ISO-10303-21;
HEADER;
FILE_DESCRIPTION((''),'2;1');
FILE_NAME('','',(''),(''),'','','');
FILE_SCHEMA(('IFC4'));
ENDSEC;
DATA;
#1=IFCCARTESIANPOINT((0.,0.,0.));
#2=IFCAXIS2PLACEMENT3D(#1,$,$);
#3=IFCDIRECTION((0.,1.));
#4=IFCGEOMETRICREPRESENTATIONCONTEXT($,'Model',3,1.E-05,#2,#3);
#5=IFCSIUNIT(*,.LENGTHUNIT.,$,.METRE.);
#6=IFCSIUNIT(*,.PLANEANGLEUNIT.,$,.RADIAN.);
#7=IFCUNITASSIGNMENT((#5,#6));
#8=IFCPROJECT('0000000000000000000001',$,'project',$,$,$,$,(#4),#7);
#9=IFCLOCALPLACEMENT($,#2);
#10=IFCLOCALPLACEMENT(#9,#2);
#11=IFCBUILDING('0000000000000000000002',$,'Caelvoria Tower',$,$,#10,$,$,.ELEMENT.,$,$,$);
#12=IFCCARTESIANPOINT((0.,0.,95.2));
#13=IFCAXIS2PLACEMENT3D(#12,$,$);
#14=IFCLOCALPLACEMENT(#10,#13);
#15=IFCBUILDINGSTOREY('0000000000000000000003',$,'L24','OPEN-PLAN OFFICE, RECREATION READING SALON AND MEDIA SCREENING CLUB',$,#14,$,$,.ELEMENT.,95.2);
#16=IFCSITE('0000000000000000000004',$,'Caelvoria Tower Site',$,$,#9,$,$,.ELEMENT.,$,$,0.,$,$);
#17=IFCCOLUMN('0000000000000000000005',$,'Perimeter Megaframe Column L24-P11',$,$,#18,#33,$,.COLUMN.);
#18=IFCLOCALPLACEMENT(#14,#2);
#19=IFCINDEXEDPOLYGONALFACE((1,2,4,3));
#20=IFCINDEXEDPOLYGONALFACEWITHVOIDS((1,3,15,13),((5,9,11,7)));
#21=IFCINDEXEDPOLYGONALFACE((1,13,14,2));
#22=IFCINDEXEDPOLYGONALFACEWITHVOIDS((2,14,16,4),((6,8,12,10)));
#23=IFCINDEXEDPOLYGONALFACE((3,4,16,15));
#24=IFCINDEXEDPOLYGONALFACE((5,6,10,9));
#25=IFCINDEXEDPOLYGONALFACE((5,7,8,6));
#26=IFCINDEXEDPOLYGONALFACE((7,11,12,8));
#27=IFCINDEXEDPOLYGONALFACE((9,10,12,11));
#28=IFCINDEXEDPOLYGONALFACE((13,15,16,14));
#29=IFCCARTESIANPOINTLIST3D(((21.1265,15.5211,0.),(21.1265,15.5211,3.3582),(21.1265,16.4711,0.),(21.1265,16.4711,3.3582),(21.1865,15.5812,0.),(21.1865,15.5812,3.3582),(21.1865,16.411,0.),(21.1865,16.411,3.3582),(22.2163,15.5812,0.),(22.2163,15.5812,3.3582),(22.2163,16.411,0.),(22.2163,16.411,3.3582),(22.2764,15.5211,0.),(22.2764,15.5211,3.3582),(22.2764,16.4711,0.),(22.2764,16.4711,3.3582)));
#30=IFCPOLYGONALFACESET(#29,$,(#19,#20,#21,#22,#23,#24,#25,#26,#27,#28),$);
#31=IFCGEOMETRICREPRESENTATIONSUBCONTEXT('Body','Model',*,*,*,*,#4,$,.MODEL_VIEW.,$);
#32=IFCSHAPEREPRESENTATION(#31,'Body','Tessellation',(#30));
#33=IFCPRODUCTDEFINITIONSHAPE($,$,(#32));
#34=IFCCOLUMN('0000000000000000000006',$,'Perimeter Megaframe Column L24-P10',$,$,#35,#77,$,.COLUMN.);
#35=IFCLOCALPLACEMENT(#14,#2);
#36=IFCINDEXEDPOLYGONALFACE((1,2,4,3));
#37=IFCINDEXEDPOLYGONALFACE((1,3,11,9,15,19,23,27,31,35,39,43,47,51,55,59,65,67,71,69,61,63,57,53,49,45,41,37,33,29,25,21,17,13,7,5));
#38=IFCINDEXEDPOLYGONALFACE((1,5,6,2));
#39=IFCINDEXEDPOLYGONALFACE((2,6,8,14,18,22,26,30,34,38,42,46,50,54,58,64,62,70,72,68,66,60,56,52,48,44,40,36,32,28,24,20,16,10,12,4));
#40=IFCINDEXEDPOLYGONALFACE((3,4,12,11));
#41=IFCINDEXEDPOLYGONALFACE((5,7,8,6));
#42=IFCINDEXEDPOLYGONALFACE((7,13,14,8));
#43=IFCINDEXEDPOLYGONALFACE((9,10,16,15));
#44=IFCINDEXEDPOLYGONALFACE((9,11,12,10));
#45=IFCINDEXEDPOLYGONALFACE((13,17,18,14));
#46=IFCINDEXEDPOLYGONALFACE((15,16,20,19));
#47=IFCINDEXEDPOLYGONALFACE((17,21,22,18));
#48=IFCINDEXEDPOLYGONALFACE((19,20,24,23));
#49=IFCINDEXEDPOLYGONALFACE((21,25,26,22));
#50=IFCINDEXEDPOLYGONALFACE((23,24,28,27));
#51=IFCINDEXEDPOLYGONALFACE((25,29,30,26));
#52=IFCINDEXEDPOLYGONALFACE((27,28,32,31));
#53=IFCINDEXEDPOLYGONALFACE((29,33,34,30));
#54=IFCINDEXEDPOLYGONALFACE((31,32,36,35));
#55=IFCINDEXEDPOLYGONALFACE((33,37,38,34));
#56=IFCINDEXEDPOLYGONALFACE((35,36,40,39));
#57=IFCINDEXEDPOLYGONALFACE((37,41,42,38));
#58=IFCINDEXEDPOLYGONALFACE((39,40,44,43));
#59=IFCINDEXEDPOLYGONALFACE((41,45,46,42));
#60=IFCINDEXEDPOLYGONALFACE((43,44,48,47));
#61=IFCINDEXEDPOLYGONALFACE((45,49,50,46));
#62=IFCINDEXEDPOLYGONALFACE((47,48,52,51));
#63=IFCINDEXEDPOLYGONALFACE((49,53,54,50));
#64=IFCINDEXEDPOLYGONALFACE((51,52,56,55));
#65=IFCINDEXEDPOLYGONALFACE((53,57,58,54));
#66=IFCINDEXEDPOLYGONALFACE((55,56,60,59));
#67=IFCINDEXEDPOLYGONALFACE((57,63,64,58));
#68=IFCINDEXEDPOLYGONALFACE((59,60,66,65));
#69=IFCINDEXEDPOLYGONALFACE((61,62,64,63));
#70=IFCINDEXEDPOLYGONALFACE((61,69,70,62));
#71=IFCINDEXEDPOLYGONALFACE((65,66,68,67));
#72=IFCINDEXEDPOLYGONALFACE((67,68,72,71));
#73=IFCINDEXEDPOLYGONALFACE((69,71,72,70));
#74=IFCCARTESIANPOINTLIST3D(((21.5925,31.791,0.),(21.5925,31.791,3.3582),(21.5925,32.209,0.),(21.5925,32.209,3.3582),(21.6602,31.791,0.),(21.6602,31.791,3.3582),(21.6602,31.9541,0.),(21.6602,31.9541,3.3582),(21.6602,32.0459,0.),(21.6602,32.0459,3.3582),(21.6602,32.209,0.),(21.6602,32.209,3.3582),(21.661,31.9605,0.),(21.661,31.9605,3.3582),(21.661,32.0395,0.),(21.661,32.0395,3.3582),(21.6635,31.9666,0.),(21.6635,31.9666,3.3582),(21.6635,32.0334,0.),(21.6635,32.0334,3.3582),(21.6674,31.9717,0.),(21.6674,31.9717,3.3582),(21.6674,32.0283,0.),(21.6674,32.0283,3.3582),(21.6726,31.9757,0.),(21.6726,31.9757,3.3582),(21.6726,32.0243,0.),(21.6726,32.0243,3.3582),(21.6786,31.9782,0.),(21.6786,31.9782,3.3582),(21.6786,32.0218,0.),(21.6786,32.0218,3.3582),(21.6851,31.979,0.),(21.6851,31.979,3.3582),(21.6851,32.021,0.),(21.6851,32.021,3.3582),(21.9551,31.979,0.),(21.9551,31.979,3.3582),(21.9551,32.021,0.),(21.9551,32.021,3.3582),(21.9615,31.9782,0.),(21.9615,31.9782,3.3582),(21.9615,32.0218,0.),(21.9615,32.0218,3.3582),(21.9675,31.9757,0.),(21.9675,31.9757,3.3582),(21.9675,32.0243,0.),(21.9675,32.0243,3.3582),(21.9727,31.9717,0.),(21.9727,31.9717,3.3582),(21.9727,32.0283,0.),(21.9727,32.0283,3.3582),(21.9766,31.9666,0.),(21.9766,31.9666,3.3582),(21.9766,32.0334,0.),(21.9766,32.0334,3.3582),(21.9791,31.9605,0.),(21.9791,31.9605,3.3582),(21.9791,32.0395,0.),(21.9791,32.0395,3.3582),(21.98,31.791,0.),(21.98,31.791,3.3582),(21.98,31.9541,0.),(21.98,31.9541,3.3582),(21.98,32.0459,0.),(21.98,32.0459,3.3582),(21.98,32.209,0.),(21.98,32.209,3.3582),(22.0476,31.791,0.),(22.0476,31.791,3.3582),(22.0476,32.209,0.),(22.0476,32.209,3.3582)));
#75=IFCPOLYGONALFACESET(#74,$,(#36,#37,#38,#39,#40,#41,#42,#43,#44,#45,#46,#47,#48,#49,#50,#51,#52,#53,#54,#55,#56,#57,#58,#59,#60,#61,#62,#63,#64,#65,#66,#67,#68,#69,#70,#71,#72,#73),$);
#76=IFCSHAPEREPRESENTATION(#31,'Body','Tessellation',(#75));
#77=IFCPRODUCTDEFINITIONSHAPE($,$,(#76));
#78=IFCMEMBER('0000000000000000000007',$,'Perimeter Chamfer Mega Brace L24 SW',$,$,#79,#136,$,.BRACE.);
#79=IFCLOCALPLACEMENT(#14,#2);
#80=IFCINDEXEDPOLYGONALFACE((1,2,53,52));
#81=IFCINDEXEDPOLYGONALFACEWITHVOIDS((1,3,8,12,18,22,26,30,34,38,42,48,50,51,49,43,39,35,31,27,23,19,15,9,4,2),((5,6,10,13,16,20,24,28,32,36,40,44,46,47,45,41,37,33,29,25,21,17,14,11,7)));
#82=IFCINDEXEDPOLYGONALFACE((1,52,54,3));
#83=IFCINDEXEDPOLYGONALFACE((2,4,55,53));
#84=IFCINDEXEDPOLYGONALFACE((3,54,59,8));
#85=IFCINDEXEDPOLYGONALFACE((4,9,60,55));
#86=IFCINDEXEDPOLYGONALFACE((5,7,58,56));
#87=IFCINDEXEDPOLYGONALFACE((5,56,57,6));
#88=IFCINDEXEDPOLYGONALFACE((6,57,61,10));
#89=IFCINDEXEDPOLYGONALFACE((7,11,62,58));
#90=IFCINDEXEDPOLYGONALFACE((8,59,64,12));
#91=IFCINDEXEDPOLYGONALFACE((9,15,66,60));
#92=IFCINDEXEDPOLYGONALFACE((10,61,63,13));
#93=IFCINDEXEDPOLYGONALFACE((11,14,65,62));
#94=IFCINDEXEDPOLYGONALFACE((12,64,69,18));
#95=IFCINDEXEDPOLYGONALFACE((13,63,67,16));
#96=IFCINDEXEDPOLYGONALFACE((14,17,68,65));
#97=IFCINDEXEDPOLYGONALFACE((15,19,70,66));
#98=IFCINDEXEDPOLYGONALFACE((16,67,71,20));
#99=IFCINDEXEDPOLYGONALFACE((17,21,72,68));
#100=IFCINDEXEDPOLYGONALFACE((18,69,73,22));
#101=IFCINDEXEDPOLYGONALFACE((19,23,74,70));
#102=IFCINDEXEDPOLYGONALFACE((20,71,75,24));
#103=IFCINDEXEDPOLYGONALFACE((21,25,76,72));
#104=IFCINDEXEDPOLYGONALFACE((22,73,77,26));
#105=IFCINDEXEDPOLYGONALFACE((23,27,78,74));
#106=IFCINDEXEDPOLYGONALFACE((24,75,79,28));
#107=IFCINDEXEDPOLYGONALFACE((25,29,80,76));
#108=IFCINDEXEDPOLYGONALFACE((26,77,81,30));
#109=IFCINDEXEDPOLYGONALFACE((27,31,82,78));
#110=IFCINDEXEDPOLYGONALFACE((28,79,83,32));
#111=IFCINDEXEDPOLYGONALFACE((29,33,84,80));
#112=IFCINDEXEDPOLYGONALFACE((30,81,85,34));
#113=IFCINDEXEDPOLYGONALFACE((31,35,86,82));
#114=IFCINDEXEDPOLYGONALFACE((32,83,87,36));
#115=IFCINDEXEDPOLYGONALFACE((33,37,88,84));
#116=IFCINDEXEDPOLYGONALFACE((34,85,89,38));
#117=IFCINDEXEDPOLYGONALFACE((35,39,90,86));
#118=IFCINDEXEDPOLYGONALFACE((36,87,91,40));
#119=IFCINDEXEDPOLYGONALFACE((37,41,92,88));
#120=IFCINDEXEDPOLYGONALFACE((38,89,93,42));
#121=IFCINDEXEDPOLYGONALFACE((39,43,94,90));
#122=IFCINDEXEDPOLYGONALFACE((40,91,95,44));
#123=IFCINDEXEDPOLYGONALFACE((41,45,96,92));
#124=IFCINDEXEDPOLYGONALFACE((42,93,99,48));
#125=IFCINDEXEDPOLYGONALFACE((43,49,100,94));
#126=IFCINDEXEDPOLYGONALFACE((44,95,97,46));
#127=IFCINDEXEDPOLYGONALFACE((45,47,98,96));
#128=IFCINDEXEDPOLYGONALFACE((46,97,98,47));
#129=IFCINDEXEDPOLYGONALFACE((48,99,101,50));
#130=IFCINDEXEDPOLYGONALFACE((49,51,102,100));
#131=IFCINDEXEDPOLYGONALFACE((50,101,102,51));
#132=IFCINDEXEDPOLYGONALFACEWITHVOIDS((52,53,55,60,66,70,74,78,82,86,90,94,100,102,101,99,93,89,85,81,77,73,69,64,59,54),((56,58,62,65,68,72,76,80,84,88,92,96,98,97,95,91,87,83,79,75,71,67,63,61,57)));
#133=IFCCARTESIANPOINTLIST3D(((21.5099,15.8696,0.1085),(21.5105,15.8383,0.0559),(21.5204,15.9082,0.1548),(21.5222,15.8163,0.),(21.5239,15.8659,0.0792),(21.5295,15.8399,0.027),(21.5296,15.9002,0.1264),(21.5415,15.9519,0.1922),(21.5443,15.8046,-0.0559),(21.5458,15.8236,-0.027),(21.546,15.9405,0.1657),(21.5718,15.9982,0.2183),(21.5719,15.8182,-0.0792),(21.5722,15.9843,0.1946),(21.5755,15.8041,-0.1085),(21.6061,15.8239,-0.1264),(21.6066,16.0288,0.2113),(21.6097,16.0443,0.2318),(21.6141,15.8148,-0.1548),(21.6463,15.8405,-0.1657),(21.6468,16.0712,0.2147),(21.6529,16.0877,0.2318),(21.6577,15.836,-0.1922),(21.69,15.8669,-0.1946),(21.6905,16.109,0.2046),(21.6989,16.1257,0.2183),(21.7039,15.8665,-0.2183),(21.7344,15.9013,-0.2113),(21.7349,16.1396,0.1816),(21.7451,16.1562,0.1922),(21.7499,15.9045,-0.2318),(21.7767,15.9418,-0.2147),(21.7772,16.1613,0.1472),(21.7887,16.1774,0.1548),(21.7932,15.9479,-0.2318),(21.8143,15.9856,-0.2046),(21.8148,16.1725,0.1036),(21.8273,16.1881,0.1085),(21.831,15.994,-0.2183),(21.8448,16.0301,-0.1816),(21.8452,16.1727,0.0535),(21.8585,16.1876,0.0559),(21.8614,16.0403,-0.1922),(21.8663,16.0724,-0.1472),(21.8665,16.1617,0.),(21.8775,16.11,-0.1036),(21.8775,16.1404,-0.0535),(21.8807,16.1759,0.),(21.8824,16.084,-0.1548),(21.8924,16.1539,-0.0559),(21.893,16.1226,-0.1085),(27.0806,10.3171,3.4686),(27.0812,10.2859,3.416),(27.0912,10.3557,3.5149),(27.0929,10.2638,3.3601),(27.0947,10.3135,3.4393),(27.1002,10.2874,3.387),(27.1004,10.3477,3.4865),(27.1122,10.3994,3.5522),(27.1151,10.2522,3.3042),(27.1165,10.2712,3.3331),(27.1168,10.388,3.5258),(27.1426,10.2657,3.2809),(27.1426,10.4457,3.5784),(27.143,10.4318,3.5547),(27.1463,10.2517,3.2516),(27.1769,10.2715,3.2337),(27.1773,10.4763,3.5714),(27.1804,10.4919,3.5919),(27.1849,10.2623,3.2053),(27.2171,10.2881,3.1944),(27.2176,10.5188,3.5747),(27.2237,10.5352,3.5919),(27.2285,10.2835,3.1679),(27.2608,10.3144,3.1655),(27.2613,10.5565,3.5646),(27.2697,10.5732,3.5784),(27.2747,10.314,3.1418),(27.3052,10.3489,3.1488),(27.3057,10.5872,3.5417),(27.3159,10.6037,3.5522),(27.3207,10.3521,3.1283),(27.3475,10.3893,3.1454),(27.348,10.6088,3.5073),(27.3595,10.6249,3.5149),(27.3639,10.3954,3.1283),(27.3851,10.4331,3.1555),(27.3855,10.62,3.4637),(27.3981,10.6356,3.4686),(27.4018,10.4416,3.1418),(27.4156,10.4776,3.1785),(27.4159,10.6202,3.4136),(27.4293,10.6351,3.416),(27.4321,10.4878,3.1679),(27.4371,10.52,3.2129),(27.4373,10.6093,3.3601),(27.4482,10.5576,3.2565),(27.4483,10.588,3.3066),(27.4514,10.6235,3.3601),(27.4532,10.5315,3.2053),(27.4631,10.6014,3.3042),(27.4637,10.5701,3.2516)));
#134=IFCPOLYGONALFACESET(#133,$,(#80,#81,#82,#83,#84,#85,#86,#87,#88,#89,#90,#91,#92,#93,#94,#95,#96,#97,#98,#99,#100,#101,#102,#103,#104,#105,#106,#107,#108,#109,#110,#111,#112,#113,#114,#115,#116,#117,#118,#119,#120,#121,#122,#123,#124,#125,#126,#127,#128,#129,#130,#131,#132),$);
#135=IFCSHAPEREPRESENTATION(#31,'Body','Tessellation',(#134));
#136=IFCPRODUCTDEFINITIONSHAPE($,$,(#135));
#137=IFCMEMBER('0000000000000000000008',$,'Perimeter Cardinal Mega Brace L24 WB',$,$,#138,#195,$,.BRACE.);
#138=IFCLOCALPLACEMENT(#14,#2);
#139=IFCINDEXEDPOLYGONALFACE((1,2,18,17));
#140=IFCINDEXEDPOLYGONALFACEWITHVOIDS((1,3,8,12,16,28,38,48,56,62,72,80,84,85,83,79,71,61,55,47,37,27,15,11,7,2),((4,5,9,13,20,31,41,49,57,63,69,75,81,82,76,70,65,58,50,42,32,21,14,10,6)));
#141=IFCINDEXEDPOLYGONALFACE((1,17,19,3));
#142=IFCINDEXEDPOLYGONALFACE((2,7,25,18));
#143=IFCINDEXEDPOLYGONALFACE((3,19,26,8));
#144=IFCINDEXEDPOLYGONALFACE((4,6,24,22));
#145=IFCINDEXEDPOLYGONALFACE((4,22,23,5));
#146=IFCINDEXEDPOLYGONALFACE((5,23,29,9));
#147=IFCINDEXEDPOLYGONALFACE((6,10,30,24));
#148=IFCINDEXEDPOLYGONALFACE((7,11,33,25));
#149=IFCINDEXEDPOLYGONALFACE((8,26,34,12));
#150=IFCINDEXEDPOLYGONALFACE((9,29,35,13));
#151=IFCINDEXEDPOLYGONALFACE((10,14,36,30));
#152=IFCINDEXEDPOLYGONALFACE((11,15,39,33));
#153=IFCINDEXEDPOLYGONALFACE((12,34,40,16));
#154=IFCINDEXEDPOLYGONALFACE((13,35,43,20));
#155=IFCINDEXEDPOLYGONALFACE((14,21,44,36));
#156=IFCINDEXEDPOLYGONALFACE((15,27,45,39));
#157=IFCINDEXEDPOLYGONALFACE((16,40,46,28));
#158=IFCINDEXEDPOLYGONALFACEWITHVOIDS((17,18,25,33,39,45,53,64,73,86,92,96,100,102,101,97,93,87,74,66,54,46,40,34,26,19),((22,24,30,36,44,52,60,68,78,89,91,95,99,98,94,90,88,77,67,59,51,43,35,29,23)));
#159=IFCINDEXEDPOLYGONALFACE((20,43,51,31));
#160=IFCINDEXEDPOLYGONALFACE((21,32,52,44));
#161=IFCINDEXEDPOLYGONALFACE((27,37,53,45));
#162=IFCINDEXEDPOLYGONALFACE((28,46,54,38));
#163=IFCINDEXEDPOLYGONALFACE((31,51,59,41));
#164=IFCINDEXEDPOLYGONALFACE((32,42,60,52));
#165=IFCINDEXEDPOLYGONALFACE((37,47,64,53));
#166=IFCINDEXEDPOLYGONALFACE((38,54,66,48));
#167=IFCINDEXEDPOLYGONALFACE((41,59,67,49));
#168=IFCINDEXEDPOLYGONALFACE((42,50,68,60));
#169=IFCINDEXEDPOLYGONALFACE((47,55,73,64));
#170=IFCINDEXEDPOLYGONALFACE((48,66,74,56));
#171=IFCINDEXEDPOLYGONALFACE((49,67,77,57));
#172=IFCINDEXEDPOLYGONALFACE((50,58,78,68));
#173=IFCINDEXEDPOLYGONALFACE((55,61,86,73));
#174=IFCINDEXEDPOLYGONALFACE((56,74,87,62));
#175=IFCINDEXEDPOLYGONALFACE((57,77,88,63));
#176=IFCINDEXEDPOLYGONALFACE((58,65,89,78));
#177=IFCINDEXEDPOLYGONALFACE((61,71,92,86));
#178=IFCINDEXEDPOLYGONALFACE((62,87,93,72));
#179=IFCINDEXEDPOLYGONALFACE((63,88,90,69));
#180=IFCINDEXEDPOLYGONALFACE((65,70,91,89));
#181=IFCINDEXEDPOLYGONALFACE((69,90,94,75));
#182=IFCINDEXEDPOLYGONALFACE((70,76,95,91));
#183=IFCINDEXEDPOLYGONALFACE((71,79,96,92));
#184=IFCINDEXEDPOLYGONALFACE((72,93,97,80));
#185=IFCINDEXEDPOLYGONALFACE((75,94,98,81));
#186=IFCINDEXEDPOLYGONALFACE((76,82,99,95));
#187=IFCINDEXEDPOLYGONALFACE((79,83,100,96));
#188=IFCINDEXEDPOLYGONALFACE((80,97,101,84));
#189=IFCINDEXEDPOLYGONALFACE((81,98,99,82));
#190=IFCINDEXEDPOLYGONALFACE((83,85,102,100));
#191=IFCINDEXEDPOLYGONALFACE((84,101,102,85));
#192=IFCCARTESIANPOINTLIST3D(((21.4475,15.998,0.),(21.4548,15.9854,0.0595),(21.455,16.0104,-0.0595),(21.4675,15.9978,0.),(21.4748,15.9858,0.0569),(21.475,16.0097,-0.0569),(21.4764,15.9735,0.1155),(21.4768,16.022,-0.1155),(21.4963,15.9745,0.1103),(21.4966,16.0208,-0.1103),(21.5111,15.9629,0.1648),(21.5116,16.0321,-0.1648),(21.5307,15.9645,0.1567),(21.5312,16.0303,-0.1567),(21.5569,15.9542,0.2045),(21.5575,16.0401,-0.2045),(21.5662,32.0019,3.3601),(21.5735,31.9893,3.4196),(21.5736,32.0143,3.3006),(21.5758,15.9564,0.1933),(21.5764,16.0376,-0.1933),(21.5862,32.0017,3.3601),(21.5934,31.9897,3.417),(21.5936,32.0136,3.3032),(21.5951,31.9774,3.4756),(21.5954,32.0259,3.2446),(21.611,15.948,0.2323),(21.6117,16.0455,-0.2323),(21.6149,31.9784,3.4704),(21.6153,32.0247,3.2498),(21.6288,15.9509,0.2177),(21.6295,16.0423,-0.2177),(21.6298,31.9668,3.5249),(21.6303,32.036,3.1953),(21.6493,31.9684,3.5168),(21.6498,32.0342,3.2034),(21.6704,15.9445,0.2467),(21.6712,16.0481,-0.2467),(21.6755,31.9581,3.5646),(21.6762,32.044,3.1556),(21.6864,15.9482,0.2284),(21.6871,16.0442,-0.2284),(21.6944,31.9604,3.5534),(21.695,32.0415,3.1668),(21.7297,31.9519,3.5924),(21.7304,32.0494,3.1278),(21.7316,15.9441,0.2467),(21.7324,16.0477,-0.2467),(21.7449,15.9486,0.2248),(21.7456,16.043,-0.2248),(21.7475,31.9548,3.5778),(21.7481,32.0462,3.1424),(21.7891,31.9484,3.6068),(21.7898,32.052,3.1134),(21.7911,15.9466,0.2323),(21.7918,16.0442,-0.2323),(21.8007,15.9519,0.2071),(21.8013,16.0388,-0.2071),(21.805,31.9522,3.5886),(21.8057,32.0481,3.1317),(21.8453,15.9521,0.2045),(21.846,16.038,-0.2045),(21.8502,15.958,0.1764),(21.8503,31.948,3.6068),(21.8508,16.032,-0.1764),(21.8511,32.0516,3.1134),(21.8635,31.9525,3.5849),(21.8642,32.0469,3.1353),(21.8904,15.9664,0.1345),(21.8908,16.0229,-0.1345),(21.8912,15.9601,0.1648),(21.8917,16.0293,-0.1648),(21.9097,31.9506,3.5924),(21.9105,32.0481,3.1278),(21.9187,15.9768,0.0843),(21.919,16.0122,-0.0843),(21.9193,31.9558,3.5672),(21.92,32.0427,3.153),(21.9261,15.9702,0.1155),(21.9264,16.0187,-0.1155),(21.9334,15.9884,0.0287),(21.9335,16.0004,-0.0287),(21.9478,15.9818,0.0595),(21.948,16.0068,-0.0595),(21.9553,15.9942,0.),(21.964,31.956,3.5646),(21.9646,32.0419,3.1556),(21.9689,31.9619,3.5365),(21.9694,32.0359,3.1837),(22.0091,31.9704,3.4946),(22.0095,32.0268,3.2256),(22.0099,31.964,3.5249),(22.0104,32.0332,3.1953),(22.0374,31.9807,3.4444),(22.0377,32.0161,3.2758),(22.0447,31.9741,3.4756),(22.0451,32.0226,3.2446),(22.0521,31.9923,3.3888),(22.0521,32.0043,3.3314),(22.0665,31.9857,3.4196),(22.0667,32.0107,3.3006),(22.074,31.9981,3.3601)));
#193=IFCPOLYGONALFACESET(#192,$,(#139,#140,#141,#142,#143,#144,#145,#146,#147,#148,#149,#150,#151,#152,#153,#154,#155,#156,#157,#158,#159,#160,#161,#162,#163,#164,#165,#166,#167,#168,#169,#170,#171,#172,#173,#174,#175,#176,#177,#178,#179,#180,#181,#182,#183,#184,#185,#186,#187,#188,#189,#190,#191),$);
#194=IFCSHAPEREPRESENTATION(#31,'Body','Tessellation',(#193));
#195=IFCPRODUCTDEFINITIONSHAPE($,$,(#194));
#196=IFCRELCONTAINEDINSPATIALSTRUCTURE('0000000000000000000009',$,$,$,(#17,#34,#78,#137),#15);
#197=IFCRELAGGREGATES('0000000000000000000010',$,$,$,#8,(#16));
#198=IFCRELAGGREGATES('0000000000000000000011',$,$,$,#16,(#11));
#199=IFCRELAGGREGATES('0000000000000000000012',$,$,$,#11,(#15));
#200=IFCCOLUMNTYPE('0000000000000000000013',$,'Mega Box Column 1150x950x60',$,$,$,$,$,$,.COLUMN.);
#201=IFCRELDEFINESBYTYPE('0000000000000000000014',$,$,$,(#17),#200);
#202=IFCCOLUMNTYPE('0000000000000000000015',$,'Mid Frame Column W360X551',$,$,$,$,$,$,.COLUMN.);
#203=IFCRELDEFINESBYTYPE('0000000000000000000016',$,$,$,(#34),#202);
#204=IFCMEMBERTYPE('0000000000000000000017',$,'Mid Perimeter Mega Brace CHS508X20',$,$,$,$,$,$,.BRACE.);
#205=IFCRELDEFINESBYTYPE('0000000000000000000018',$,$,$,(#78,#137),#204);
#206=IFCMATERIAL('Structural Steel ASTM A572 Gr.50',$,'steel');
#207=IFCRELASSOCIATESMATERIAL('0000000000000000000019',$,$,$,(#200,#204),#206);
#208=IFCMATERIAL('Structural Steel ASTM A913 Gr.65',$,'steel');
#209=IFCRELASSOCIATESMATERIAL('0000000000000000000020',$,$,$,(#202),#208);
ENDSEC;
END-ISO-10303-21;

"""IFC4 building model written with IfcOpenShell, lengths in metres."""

from ifc_helpers import new_model, si_unit, direction, frame, origin, origin_2d, place, context, subcontext, project, spatial, hollow_rectangle, hollow_circle, i_section, extrude, material, material_profile, profile_set, type_object, element, save


model = new_model("IFC4")

# Units and contexts
model_context = context("Model", 3, precision=1e-05, world=origin(), true_north=direction((0.0, 1.0)))
body_context = subcontext(model_context, "Body", "Model", "MODEL_VIEW")
ifc_project = project(units=[si_unit("LENGTHUNIT", "METRE"), si_unit("PLANEANGLEUNIT", "RADIAN")], contexts=[model_context])

# Site, building, storey
site_placement = place(None, origin())
site = spatial("IfcSite", under=ifc_project, at=site_placement, Name="Caelvoria Tower Site", CompositionType="ELEMENT", RefElevation=0.0)
building_placement = place(site_placement, origin())
building = spatial("IfcBuilding", under=site, at=building_placement, Name="Caelvoria Tower", CompositionType="ELEMENT")
storey_placement = place(building_placement, frame((0.0, 0.0, 95.2)))
storey = spatial("IfcBuildingStorey", under=building, at=storey_placement, Name="L24", Description="OPEN-PLAN OFFICE, RECREATION READING SALON AND MEDIA SCREENING CLUB", CompositionType="ELEMENT", Elevation=95.2)

# Columns
ifc_material_1 = material(Name="Structural Steel ASTM A572 Gr.50", Category="steel")
ifc_material_profile_1 = material_profile(ifc_material_1, hollow_rectangle(XDim=0.95, YDim=1.1499, WallThickness=0.0601, at=origin_2d()), Name="Structural Steel ASTM A572 Gr.50")
ifc_profile_set_1 = profile_set([ifc_material_profile_1], Name="BOX1150X950X60 - Structural Steel ASTM A572 Gr.50")
column_type_1 = type_object("IfcColumnType", Name="Mega Box Column 1150x950x60", PredefinedType="COLUMN", material=ifc_profile_set_1)
column_1_placement = place(storey_placement, frame((21.7014, 15.9961, 0.0), z_axis=(0.0, 0.0, 1.0), x_axis=(0.0, 1.0, 0.0)))
element("IfcColumn", 1, at=column_1_placement, inside=storey, type_object=column_type_1, Name="Perimeter Megaframe Column L24-P11", PredefinedType="COLUMN", context=body_context, shape_type="SweptSolid", body=[
    extrude(hollow_rectangle(XDim=0.95, YDim=1.1499, WallThickness=0.0601, at=origin_2d()), origin(), (0.0, 0.0, 1.0), 3.3582),
])
ifc_material_2 = material(Name="Structural Steel ASTM A913 Gr.65", Category="steel")
ifc_material_profile_2 = material_profile(ifc_material_2, i_section(OverallWidth=0.418, OverallDepth=0.4551, WebThickness=0.042, FlangeThickness=0.0676, FilletRadius=0.0249, at=origin_2d()), Name="Structural Steel ASTM A913 Gr.65")
ifc_profile_set_2 = profile_set([ifc_material_profile_2], Name="W360X551 - Structural Steel ASTM A913 Gr.65")
column_type_2 = type_object("IfcColumnType", Name="Mid Frame Column W360X551", PredefinedType="COLUMN", material=ifc_profile_set_2)
column_2_placement = place(storey_placement, frame((21.8201, 32.0, 0.0), z_axis=(0.0, 0.0, 1.0), x_axis=(0.0, 1.0, 0.0)))
element("IfcColumn", 2, at=column_2_placement, inside=storey, type_object=column_type_2, Name="Perimeter Megaframe Column L24-P10", PredefinedType="COLUMN", context=body_context, shape_type="SweptSolid", body=[
    extrude(i_section(OverallWidth=0.418, OverallDepth=0.4551, WebThickness=0.042, FlangeThickness=0.0676, FilletRadius=0.0249, at=origin_2d()), origin(), (0.0, 0.0, 1.0), 3.3582),
])

# Members
ifc_material_profile_3 = material_profile(ifc_material_1, hollow_circle(Radius=0.2539, WallThickness=0.02, at=origin_2d()), Name="Structural Steel ASTM A572 Gr.50")
ifc_profile_set_3 = profile_set([ifc_material_profile_3], Name="CHS508X20 - Structural Steel ASTM A572 Gr.50")
member_type = type_object("IfcMemberType", Name="Mid Perimeter Mega Brace CHS508X20", PredefinedType="BRACE", material=ifc_profile_set_3)
member_1_placement = place(storey_placement, frame((21.7014, 15.9961, 0.0), z_axis=(0.651325, -0.649184, 0.392856), x_axis=(0.705942, 0.70827, 0.0)))
element("IfcMember", 3, at=member_1_placement, inside=storey, type_object=member_type, Name="Perimeter Chamfer Mega Brace L24 SW", PredefinedType="BRACE", context=body_context, shape_type="SweptSolid", body=[
    extrude(hollow_circle(Radius=0.2539, WallThickness=0.02, at=origin_2d()), origin(), (0.0, 0.0, 1.0), 8.553),
])
member_2_placement = place(storey_placement, frame((21.7014, 15.9961, 0.0), z_axis=(0.007256, 0.978637, 0.20547), x_axis=(-0.999973, 0.007414, 0.0)))
element("IfcMember", 4, at=member_2_placement, inside=storey, type_object=member_type, Name="Perimeter Cardinal Mega Brace L24 WB", PredefinedType="BRACE", context=body_context, shape_type="SweptSolid", body=[
    extrude(hollow_circle(Radius=0.2539, WallThickness=0.02, at=origin_2d()), origin(), (0.0, 0.0, 1.0), 16.3533),
])

save(model, "model.ifc")
